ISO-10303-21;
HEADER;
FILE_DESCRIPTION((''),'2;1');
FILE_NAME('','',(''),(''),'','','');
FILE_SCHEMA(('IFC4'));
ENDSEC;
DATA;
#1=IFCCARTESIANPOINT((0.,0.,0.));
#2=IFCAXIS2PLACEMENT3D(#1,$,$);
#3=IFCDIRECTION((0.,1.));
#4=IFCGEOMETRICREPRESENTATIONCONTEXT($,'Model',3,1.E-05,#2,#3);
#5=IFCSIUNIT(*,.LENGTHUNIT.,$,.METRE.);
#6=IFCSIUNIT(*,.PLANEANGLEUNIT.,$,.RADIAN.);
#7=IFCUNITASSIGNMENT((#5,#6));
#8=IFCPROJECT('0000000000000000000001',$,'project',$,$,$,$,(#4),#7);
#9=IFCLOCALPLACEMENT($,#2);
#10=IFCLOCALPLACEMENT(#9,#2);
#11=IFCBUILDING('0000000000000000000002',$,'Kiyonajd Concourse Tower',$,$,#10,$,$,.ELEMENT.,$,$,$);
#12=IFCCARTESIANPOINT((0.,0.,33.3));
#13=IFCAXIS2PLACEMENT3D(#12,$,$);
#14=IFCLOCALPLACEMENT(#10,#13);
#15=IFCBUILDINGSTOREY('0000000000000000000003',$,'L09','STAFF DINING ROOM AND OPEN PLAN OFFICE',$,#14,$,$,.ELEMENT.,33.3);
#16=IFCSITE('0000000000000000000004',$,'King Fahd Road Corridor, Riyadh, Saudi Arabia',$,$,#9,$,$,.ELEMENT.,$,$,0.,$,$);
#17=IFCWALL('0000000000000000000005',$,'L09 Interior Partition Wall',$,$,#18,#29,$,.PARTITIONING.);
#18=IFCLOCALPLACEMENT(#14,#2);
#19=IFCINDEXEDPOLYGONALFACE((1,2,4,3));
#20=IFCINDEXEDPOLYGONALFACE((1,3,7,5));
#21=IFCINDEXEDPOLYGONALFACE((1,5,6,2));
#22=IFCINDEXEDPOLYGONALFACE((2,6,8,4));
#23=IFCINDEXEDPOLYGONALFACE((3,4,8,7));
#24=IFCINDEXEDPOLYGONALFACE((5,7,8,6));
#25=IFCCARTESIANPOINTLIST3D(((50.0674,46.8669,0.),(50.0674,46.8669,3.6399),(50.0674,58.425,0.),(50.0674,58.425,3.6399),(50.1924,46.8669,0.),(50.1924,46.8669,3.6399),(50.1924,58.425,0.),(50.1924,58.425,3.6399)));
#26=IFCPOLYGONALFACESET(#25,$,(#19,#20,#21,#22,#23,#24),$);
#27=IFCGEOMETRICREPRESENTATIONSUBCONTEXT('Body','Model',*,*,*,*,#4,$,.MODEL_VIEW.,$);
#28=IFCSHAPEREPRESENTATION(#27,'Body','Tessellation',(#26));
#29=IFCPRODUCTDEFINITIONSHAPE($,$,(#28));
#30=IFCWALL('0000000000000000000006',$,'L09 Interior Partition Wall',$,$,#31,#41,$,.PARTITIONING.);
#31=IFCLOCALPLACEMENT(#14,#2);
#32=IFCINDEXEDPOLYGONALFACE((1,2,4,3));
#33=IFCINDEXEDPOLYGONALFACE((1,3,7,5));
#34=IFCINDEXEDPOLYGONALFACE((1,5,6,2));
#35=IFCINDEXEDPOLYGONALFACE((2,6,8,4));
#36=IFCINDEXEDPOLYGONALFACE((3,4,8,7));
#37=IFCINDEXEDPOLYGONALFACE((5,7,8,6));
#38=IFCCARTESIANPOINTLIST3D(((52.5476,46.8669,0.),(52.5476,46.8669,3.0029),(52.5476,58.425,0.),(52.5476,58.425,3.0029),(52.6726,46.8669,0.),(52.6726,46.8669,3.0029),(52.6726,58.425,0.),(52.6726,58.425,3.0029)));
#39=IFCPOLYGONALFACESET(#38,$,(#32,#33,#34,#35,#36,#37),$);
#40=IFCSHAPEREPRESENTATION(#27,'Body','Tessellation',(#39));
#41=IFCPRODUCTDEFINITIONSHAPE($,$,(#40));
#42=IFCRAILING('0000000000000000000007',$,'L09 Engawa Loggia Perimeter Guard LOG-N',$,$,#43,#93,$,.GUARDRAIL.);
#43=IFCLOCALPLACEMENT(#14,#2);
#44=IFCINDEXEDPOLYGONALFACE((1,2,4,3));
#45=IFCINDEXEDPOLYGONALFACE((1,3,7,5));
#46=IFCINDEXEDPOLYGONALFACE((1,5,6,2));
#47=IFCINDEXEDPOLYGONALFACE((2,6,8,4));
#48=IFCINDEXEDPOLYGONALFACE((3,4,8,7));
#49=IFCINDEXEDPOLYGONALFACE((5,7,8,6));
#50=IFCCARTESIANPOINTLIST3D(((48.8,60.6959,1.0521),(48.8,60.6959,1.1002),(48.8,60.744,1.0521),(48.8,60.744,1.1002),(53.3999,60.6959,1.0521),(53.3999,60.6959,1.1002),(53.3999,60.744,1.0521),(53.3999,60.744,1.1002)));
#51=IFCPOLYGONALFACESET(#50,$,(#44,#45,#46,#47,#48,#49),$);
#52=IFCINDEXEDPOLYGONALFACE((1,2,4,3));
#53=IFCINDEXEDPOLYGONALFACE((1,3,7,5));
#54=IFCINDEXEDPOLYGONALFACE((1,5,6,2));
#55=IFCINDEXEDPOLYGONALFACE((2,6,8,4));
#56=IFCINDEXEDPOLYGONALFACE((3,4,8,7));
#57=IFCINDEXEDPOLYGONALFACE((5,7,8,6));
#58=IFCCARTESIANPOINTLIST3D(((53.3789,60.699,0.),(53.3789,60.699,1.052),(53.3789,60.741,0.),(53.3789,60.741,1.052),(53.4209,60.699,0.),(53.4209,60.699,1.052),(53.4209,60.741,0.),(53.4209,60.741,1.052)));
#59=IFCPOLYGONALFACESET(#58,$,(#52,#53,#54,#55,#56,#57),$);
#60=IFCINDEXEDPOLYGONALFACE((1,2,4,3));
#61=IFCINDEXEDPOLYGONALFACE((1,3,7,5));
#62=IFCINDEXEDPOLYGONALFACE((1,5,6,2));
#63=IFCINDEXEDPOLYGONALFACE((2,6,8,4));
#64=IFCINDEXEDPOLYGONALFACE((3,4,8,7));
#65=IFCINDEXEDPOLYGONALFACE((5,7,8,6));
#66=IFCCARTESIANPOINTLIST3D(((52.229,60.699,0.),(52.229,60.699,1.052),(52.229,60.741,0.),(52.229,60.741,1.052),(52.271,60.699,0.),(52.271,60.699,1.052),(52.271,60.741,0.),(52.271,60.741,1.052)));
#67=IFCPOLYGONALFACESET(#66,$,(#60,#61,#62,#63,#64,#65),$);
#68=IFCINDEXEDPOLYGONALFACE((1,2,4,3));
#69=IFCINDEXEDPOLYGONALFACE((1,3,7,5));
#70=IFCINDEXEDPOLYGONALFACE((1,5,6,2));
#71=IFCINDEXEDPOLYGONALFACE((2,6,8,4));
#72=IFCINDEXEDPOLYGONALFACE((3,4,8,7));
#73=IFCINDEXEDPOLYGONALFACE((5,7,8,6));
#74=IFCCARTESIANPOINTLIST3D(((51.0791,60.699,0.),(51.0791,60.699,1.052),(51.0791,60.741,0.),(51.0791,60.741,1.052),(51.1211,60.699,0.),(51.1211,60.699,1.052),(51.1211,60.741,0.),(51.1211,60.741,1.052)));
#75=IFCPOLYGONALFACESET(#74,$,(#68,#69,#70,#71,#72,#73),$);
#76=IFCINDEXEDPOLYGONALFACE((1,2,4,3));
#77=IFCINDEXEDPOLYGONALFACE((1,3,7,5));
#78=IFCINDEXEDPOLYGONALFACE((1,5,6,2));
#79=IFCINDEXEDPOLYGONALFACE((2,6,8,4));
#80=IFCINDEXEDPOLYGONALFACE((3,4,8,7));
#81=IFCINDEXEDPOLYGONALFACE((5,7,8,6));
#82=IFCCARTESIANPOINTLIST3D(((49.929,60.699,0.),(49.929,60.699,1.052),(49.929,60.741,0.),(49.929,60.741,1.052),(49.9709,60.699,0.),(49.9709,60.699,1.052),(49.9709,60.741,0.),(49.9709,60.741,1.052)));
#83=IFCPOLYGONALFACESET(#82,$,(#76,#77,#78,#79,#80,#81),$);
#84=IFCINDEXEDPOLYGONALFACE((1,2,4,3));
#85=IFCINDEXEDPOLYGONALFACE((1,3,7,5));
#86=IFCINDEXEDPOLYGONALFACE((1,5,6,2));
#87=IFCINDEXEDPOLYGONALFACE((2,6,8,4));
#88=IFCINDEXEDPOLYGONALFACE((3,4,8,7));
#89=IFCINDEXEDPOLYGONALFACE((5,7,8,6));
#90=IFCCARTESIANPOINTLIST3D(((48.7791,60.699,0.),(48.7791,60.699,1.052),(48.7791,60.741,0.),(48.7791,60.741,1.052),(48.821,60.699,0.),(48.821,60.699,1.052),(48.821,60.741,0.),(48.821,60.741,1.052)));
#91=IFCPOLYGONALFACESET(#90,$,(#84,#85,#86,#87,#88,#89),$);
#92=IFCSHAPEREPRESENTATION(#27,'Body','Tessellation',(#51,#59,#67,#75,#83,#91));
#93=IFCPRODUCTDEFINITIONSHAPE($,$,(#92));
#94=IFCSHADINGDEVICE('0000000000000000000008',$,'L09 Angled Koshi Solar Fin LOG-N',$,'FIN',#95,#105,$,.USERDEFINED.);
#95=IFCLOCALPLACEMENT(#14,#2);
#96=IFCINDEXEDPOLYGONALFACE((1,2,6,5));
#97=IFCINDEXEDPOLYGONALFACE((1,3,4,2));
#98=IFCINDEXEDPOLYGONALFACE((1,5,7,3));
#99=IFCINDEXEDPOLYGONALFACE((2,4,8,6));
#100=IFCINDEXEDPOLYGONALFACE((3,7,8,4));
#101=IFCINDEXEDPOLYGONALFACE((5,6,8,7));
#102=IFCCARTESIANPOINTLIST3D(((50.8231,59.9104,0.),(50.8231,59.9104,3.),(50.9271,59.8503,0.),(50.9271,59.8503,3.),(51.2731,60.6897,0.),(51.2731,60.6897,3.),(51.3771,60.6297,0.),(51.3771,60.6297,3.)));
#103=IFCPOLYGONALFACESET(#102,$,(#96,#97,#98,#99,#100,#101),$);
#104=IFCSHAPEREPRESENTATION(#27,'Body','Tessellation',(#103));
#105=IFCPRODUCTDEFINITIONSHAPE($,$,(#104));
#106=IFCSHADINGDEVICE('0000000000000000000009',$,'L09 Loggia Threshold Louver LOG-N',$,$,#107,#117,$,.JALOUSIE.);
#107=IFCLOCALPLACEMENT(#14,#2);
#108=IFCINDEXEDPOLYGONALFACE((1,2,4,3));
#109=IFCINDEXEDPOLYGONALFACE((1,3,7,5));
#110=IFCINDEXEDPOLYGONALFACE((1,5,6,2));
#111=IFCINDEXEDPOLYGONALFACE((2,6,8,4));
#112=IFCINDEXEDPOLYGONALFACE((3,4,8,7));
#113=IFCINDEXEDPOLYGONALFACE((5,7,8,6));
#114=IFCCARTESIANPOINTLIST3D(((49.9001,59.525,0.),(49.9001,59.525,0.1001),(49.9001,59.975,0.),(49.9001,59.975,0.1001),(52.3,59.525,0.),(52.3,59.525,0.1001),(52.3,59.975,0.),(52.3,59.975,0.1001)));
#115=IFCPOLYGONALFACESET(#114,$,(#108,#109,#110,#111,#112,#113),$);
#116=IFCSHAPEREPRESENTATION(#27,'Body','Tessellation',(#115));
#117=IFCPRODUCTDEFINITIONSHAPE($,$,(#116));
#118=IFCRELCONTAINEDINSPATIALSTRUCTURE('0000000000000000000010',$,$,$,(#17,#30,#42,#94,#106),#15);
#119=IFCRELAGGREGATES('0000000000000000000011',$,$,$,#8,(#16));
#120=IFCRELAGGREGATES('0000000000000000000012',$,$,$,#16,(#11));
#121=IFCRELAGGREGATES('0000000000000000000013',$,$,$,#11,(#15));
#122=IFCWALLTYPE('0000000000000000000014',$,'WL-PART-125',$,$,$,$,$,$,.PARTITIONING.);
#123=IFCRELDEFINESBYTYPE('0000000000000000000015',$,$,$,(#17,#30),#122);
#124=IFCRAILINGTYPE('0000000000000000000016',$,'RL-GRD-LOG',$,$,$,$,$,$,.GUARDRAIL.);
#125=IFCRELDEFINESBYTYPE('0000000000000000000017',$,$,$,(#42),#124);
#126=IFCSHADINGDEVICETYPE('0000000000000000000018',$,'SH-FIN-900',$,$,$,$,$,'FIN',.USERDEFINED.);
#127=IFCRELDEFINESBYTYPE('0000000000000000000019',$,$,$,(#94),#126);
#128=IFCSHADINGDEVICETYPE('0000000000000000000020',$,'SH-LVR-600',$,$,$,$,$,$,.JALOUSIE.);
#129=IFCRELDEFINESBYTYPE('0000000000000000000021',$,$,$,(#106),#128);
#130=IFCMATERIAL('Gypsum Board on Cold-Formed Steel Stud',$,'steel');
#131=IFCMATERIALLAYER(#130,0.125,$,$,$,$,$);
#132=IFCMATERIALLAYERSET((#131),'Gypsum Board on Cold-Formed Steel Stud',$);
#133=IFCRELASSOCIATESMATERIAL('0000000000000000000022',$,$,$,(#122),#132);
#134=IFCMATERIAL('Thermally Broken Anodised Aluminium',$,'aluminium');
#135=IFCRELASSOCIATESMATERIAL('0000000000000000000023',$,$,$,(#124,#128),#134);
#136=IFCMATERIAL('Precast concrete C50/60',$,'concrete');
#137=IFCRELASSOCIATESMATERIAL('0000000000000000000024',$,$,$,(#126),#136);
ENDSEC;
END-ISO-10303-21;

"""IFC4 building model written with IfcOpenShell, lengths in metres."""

from ifc_helpers import new_model, si_unit, direction, frame, frame_2d, origin, origin_2d, place, context, subcontext, project, spatial, rectangle, extrude, material, layer, layer_set, type_object, element, save


model = new_model("IFC4")

# Units and contexts
model_context = context("Model", 3, precision=1e-05, world=origin(), true_north=direction((0.0, 1.0)))
body_context = subcontext(model_context, "Body", "Model", "MODEL_VIEW")
ifc_project = project(units=[si_unit("LENGTHUNIT", "METRE"), si_unit("PLANEANGLEUNIT", "RADIAN")], contexts=[model_context])

# Site, building, storey
site_placement = place(None, origin())
site = spatial("IfcSite", under=ifc_project, at=site_placement, Name="King Fahd Road Corridor, Riyadh, Saudi Arabia", CompositionType="ELEMENT", RefElevation=0.0)
building_placement = place(site_placement, origin())
building = spatial("IfcBuilding", under=site, at=building_placement, Name="Kiyonajd Concourse Tower", CompositionType="ELEMENT")
storey_placement = place(building_placement, frame((0.0, 0.0, 33.3)))
storey = spatial("IfcBuildingStorey", under=building, at=storey_placement, Name="L09", Description="STAFF DINING ROOM AND OPEN PLAN OFFICE", CompositionType="ELEMENT", Elevation=33.3)

# Shared definitions
ifc_material_1 = material(Name="Precast concrete C50/60", Category="concrete")

# Shared definitions
ifc_material_2 = material(Name="Thermally Broken Anodised Aluminium", Category="aluminium")

# Walls
ifc_material_3 = material(Name="Gypsum Board on Cold-Formed Steel Stud", Category="steel")
ifc_layer_1 = layer(ifc_material_3, 0.125)
ifc_layer_set_1 = layer_set([ifc_layer_1], Name="Gypsum Board on Cold-Formed Steel Stud")
wall_type_1 = type_object("IfcWallType", Name="WL-PART-125", PredefinedType="PARTITIONING", material=ifc_layer_set_1)
wall_1_placement = place(storey_placement, frame((50.1299, 46.8669, 0.0), z_axis=(0.0, 0.0, 1.0), x_axis=(0.0, 1.0, 0.0)))
element("IfcWall", 1, at=wall_1_placement, inside=storey, type_object=wall_type_1, Name="L09 Interior Partition Wall", PredefinedType="PARTITIONING", context=body_context, shape_type="SweptSolid", body=[
    extrude(rectangle(XDim=11.5581, YDim=0.125, at=frame_2d((5.7791, 0.0))), origin(), (0.0, 0.0, 1.0), 3.6399),
])
wall_2_placement = place(storey_placement, frame((52.6101, 46.8669, 0.0), z_axis=(0.0, 0.0, 1.0), x_axis=(0.0, 1.0, 0.0)))
element("IfcWall", 2, at=wall_2_placement, inside=storey, type_object=wall_type_1, Name="L09 Interior Partition Wall", PredefinedType="PARTITIONING", context=body_context, shape_type="SweptSolid", body=[
    extrude(rectangle(XDim=11.5581, YDim=0.125, at=frame_2d((5.7791, 0.0))), origin(), (0.0, 0.0, 1.0), 3.0029),
])

# Railing
railing_type = type_object("IfcRailingType", Name="RL-GRD-LOG", PredefinedType="GUARDRAIL", material=ifc_material_2)
railing_placement = place(storey_placement, frame((53.3999, 60.72, 0.0)))
element("IfcRailing", 3, at=railing_placement, inside=storey, type_object=railing_type, Name="L09 Engawa Loggia Perimeter Guard LOG-N", PredefinedType="GUARDRAIL", context=body_context, shape_type="SweptSolid", body=[
    extrude(rectangle(XDim=0.0481, YDim=0.0481, at=origin_2d()), frame((0.0, 0.0, 1.0762), z_axis=(-1.0, 0.0, 0.0), x_axis=(0.0, -1.0, 0.0)), (0.0, 0.0, 1.0), 4.5999),
    extrude(rectangle(XDim=0.042, YDim=0.042, at=origin_2d()), origin(), (0.0, 0.0, 1.0), 1.052),
    extrude(rectangle(XDim=0.042, YDim=0.042, at=origin_2d()), frame((-1.1499, 0.0, 0.0)), (0.0, 0.0, 1.0), 1.052),
    extrude(rectangle(XDim=0.042, YDim=0.042, at=origin_2d()), frame((-2.2998, 0.0, 0.0)), (0.0, 0.0, 1.0), 1.052),
    extrude(rectangle(XDim=0.042, YDim=0.042, at=origin_2d()), frame((-3.45, 0.0, 0.0)), (0.0, 0.0, 1.0), 1.052),
    extrude(rectangle(XDim=0.042, YDim=0.042, at=origin_2d()), frame((-4.5999, 0.0, 0.0)), (0.0, 0.0, 1.0), 1.052),
])

# Shading devices
shading_device_type_1 = type_object("IfcShadingDeviceType", Name="SH-FIN-900", ElementType="FIN", PredefinedType="USERDEFINED", material=ifc_material_1)
shading_device_1_placement = place(storey_placement, frame((51.1001, 60.27, 0.0), z_axis=(0.0, 0.0, 1.0), x_axis=(0.5, 0.866025, 0.0)))
element("IfcShadingDevice", 4, at=shading_device_1_placement, inside=storey, type_object=shading_device_type_1, Name="L09 Angled Koshi Solar Fin LOG-N", ObjectType="FIN", PredefinedType="USERDEFINED", context=body_context, shape_type="SweptSolid", body=[
    extrude(rectangle(XDim=0.8999, YDim=0.1201, at=origin_2d()), origin(), (0.0, 0.0, 1.0), 3.0),
])
shading_device_type_2 = type_object("IfcShadingDeviceType", Name="SH-LVR-600", PredefinedType="JALOUSIE", material=ifc_material_2)
shading_device_2_placement = place(storey_placement, frame((51.1001, 59.75, 0.0), z_axis=(0.0, 0.0, 1.0), x_axis=(1.0, 0.0, 0.0)))
element("IfcShadingDevice", 5, at=shading_device_2_placement, inside=storey, type_object=shading_device_type_2, Name="L09 Loggia Threshold Louver LOG-N", PredefinedType="JALOUSIE", context=body_context, shape_type="SweptSolid", body=[
    extrude(rectangle(XDim=2.3999, YDim=0.45, at=origin_2d()), origin(), (0.0, 0.0, 1.0), 0.1001),
])

save(model, "model.ifc")
